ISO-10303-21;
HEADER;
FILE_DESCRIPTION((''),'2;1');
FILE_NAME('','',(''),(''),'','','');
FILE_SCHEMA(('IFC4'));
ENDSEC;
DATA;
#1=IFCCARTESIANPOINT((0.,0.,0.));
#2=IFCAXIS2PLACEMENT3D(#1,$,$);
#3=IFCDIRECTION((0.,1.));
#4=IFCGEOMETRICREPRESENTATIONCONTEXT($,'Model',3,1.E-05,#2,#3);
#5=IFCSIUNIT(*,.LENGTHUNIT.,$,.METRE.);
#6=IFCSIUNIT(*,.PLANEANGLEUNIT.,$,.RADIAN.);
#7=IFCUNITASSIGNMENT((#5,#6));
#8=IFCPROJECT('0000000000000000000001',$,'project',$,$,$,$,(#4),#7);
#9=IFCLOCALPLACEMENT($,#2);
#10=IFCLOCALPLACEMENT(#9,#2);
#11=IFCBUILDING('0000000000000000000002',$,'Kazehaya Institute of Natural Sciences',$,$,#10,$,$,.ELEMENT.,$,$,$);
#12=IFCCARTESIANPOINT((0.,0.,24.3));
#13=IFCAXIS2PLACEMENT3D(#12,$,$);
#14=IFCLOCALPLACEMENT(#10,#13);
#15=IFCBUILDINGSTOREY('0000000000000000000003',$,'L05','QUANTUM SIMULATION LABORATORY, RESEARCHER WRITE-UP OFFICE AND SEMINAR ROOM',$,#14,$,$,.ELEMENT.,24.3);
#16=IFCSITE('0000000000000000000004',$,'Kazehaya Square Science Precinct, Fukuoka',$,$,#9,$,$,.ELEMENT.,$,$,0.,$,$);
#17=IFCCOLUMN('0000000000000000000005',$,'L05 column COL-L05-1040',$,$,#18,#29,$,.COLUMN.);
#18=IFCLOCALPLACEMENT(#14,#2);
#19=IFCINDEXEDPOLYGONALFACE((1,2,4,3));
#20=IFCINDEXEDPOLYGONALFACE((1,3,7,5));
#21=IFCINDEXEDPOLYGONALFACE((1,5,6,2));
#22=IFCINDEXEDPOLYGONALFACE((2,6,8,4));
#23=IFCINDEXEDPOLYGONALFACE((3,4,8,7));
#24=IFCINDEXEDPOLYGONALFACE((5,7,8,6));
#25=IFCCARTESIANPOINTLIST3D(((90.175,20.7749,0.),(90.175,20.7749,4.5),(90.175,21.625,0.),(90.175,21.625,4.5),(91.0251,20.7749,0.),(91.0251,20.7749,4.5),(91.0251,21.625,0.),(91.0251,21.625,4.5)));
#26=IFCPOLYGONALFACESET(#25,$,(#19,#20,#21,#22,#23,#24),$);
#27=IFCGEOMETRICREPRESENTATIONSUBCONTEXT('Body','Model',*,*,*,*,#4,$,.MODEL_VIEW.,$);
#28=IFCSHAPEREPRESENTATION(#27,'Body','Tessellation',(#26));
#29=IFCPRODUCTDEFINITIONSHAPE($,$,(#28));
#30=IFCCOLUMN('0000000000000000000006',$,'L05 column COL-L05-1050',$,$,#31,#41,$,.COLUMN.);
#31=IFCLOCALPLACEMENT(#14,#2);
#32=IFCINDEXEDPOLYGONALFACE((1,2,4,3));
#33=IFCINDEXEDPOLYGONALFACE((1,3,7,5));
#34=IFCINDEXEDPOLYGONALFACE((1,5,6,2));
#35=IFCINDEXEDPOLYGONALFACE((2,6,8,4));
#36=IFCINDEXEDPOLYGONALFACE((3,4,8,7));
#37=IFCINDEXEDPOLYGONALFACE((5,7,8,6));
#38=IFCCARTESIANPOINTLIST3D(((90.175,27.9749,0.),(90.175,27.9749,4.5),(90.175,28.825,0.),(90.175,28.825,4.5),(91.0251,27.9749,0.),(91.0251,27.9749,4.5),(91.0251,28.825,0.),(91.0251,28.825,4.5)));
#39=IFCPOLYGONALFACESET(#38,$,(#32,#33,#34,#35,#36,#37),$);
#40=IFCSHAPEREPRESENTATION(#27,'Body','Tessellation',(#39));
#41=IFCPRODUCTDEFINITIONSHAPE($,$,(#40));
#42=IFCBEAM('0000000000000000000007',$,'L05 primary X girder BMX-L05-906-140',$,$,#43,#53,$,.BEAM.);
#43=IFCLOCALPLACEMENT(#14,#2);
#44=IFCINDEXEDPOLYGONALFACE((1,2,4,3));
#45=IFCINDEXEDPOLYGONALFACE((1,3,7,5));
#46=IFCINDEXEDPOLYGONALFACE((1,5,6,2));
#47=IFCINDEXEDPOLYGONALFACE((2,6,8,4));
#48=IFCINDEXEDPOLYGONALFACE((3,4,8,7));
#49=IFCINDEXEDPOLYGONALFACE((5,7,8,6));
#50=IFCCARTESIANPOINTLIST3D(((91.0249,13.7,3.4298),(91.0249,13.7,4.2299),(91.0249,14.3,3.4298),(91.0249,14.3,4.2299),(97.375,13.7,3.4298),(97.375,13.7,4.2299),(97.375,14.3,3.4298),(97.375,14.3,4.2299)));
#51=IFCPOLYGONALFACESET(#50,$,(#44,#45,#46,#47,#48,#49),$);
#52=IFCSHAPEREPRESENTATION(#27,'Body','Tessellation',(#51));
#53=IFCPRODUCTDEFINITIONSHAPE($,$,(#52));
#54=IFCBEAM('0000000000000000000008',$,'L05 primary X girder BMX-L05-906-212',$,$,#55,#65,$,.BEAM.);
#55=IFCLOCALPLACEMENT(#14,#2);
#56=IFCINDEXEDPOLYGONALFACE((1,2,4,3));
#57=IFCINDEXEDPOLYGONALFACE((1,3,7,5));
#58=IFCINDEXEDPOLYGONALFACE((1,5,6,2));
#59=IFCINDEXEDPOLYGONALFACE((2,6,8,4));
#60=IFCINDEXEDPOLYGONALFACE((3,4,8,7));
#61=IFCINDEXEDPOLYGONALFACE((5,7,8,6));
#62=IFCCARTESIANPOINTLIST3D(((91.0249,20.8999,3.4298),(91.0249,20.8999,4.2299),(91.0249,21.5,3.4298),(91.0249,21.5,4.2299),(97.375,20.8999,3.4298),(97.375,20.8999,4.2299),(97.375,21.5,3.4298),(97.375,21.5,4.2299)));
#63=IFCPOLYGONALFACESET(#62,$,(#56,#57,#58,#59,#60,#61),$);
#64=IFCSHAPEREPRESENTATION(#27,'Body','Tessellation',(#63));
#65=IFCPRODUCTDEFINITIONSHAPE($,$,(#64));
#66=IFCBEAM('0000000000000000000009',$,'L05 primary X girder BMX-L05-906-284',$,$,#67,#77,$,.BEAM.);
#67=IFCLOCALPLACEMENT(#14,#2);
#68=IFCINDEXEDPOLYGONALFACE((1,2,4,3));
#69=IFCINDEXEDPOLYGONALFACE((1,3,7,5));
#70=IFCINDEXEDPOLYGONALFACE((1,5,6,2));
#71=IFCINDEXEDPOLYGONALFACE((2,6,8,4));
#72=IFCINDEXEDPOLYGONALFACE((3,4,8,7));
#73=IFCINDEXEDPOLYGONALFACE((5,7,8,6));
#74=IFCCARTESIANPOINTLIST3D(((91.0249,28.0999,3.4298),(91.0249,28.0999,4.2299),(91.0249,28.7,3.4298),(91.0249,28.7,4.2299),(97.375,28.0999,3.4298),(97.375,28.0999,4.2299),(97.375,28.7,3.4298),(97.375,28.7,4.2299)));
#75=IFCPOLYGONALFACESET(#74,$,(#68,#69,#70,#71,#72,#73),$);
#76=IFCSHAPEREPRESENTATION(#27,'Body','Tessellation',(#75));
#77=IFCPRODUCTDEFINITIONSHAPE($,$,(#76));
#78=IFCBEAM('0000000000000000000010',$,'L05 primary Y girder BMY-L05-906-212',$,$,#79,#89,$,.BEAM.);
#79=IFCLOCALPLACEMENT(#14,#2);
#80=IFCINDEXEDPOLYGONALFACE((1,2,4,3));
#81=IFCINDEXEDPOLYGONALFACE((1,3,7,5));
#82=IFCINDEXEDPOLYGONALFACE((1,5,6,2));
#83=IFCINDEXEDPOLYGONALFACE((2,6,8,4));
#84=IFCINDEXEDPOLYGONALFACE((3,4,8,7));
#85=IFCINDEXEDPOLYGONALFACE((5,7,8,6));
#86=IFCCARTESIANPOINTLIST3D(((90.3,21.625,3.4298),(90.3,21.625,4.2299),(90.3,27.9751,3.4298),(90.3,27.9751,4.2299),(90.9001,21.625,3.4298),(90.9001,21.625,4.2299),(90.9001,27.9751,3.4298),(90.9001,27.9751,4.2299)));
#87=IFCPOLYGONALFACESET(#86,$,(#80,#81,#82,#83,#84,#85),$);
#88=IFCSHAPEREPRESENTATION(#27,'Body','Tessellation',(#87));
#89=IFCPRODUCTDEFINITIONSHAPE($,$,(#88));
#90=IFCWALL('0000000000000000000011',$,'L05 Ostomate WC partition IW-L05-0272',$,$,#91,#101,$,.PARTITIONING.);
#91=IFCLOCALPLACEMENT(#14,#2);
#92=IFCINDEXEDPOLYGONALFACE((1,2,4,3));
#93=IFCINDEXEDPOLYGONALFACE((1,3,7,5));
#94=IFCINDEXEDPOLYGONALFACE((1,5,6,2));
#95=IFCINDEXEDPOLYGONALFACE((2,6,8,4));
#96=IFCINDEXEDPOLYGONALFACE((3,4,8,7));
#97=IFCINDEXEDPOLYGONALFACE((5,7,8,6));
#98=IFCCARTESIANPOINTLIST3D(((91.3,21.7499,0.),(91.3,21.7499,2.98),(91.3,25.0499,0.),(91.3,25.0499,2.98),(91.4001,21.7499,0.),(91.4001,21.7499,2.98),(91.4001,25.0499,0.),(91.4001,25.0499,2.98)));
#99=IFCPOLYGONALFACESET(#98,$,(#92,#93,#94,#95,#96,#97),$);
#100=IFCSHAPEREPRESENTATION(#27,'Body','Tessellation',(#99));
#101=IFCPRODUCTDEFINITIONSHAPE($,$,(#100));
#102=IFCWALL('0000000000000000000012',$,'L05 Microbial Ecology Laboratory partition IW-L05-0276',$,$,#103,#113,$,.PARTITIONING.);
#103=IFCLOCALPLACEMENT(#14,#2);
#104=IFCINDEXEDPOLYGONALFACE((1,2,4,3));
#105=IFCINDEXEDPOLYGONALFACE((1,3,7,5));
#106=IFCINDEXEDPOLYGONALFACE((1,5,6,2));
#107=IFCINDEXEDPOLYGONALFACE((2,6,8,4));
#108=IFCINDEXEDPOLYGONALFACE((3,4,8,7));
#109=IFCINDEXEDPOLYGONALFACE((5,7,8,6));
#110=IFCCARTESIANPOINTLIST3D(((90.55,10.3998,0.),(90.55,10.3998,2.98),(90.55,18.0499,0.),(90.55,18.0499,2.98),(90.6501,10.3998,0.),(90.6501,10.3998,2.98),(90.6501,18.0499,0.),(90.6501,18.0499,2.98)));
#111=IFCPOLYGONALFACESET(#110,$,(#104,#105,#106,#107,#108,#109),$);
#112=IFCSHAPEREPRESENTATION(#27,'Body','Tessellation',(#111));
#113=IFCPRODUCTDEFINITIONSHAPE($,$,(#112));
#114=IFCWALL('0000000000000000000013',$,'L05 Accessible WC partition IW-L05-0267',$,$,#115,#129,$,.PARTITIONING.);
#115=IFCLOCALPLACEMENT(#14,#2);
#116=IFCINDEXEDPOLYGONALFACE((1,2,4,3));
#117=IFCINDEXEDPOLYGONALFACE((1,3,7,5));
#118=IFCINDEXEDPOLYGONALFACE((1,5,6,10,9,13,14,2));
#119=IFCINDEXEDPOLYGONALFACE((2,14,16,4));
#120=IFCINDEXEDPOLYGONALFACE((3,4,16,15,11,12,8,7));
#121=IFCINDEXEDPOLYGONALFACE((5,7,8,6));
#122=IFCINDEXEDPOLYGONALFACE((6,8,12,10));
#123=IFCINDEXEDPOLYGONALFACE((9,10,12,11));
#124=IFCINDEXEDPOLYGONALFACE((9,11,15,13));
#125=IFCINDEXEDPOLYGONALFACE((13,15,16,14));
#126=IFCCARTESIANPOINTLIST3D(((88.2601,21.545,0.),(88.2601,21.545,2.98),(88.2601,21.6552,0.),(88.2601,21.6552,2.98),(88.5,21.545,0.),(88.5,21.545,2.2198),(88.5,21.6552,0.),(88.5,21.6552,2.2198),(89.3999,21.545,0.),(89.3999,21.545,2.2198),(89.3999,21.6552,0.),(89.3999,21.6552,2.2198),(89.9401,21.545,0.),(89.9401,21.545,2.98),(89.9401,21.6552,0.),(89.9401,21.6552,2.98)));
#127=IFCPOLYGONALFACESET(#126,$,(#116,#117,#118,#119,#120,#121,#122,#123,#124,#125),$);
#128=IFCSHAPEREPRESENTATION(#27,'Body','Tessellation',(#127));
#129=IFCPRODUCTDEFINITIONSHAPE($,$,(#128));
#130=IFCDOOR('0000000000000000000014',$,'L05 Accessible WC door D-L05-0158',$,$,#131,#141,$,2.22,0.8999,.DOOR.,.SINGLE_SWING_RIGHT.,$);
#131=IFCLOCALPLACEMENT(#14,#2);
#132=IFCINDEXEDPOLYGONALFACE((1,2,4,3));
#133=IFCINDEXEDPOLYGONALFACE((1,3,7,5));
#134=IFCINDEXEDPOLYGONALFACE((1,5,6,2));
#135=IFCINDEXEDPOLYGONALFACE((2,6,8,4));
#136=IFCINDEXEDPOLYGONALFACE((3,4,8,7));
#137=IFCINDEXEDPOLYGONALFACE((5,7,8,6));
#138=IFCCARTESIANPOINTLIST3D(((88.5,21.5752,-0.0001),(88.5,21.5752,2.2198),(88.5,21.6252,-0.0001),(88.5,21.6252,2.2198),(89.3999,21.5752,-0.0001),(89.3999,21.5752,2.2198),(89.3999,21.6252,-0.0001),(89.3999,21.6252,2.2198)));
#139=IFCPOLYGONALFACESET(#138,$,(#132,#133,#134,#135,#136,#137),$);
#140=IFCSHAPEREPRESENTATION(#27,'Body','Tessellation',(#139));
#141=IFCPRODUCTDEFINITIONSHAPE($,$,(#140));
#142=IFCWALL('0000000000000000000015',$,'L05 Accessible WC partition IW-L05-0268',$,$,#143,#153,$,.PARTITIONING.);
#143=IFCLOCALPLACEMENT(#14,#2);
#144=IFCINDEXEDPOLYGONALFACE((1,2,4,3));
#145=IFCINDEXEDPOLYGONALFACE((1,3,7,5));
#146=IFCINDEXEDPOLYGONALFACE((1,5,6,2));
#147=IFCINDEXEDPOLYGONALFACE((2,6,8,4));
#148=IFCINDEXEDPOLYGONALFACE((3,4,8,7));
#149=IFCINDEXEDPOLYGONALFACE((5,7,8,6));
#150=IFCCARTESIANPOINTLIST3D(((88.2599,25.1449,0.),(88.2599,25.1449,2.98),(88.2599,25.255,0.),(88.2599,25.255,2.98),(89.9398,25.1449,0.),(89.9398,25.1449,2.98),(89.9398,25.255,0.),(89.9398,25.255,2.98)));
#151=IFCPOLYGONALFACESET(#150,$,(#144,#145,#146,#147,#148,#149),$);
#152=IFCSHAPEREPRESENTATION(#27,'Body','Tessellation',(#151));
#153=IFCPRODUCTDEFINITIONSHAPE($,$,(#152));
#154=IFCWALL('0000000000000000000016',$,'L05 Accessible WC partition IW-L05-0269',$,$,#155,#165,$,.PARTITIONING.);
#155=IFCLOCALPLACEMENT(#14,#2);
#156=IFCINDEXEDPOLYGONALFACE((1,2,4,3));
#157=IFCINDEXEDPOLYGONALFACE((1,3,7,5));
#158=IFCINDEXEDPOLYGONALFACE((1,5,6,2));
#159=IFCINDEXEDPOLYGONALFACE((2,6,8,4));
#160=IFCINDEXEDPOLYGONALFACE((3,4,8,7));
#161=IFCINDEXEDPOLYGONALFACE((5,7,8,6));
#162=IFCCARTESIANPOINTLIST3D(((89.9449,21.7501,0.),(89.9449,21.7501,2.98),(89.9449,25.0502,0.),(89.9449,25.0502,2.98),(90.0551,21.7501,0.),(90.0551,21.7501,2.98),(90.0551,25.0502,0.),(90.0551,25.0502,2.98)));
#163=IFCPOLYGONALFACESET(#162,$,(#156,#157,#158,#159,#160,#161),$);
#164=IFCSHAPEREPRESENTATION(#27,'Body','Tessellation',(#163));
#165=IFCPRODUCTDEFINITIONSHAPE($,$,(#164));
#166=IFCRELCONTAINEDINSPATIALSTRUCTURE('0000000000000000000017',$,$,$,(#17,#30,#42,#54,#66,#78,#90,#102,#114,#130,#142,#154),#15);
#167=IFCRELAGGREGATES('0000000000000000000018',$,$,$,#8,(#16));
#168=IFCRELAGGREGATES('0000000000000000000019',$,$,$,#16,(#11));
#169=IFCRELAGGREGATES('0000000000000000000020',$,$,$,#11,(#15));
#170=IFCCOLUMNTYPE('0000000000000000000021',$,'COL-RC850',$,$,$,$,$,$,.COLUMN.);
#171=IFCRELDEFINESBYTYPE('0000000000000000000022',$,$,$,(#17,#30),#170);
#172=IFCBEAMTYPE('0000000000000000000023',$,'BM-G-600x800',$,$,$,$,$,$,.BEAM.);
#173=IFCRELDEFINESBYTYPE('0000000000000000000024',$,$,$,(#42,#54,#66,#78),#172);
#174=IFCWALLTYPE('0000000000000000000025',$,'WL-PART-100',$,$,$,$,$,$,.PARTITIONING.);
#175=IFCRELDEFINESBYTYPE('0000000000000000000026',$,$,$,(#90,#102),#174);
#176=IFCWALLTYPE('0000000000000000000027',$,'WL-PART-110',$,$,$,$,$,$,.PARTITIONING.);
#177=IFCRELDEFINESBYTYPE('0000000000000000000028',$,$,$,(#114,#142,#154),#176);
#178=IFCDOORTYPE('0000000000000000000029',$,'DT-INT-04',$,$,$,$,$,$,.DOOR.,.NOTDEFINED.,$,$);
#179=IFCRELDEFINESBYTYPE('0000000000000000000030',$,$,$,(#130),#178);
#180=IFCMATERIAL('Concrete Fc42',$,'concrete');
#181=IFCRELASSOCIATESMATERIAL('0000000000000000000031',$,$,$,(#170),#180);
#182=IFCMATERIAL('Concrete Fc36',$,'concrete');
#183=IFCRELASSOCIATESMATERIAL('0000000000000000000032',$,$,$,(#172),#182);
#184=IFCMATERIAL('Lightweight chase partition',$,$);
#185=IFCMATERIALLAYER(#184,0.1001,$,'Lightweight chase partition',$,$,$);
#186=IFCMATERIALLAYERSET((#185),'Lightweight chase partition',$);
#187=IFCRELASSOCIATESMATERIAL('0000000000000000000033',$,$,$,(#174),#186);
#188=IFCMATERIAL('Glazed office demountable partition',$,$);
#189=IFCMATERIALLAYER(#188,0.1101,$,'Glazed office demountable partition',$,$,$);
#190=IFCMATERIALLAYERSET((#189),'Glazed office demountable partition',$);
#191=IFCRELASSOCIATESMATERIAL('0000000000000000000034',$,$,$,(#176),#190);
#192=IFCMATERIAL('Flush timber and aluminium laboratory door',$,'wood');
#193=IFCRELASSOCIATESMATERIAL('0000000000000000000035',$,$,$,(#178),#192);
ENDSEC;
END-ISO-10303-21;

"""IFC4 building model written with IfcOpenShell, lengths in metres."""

from ifc_helpers import new_model, si_unit, direction, frame, frame_2d, origin, origin_2d, place, context, subcontext, project, spatial, rectangle, extrude, material, layer, layer_set, material_profile, profile_set, type_object, element, fill, save


model = new_model("IFC4")

# Units and contexts
model_context = context("Model", 3, precision=1e-05, world=origin(), true_north=direction((0.0, 1.0)))
body_context = subcontext(model_context, "Body", "Model", "MODEL_VIEW")
ifc_project = project(units=[si_unit("LENGTHUNIT", "METRE"), si_unit("PLANEANGLEUNIT", "RADIAN")], contexts=[model_context])

# Site, building, storey
site_placement = place(None, origin())
site = spatial("IfcSite", under=ifc_project, at=site_placement, Name="Kazehaya Square Science Precinct, Fukuoka", CompositionType="ELEMENT", RefElevation=0.0)
building_placement = place(site_placement, origin())
building = spatial("IfcBuilding", under=site, at=building_placement, Name="Kazehaya Institute of Natural Sciences", CompositionType="ELEMENT")
storey_placement = place(building_placement, frame((0.0, 0.0, 24.3)))
storey = spatial("IfcBuildingStorey", under=building, at=storey_placement, Name="L05", Description="QUANTUM SIMULATION LABORATORY, RESEARCHER WRITE-UP OFFICE AND SEMINAR ROOM", CompositionType="ELEMENT", Elevation=24.3)

# Columns
ifc_material_1 = material(Name="Concrete Fc42", Category="concrete")
ifc_material_profile_1 = material_profile(ifc_material_1, rectangle(XDim=0.8501, YDim=0.8501, at=origin_2d()), Name="RC-850x850")
ifc_profile_set_1 = profile_set([ifc_material_profile_1], Name="Concrete Fc42")
column_type = type_object("IfcColumnType", Name="COL-RC850", PredefinedType="COLUMN", material=ifc_profile_set_1)
for number, where, z_axis, x_axis, name in (
    (1, (90.6001, 21.2, 0.0), (0.0, 0.0, 1.0), (1.0, 0.0, 0.0), "L05 column COL-L05-1040"),
    (2, (90.6001, 28.3999, 0.0), (0.0, 0.0, 1.0), (1.0, 0.0, 0.0), "L05 column COL-L05-1050"),
):
    element("IfcColumn", number, at=place(storey_placement, frame(where, z_axis=z_axis, x_axis=x_axis)), inside=storey, type_object=column_type, Name=name, PredefinedType="COLUMN", context=body_context, shape_type="SweptSolid", body=[
        extrude(rectangle(XDim=0.8501, YDim=0.8501, at=origin_2d()), origin(), (0.0, 0.0, 1.0), 4.5),
    ])

# Beams
ifc_material_2 = material(Name="Concrete Fc36", Category="concrete")
ifc_material_profile_2 = material_profile(ifc_material_2, rectangle(XDim=0.6001, YDim=0.8, at=origin_2d()), Name="RC-600x800")
ifc_profile_set_2 = profile_set([ifc_material_profile_2], Name="Concrete Fc36")
beam_type = type_object("IfcBeamType", Name="BM-G-600x800", PredefinedType="BEAM", material=ifc_profile_set_2)
for number, where, z_axis, x_axis, name in (
    (3, (91.0249, 14.0, 3.8298), (1.0, 0.0, 0.0), (0.0, 1.0, 0.0), "L05 primary X girder BMX-L05-906-140"),
    (4, (91.0249, 21.2, 3.8298), (1.0, 0.0, 0.0), (0.0, 1.0, 0.0), "L05 primary X girder BMX-L05-906-212"),
    (5, (91.0249, 28.3999, 3.8298), (1.0, 0.0, 0.0), (0.0, 1.0, 0.0), "L05 primary X girder BMX-L05-906-284"),
    (6, (90.6001, 21.625, 3.8298), (0.0, 1.0, 0.0), (-1.0, 0.0, 0.0), "L05 primary Y girder BMY-L05-906-212"),
):
    element("IfcBeam", number, at=place(storey_placement, frame(where, z_axis=z_axis, x_axis=x_axis)), inside=storey, type_object=beam_type, Name=name, PredefinedType="BEAM", context=body_context, shape_type="SweptSolid", body=[
        extrude(rectangle(XDim=0.6001, YDim=0.8, at=origin_2d()), origin(), (0.0, 0.0, 1.0), 6.3501),
    ])

# Walls
ifc_material_3 = material(Name="Lightweight chase partition")
ifc_layer_1 = layer(ifc_material_3, 0.1001, Name="Lightweight chase partition")
ifc_layer_set_1 = layer_set([ifc_layer_1], Name="Lightweight chase partition")
wall_type_1 = type_object("IfcWallType", Name="WL-PART-100", PredefinedType="PARTITIONING", material=ifc_layer_set_1)
wall_1_placement = place(storey_placement, frame((91.3501, 21.75, 0.0), z_axis=(0.0, 0.0, 1.0), x_axis=(0.0, 1.0, 0.0)))
element("IfcWall", 7, at=wall_1_placement, inside=storey, type_object=wall_type_1, Name="L05 Ostomate WC partition IW-L05-0272", PredefinedType="PARTITIONING", context=body_context, shape_type="SweptSolid", body=[
    extrude(rectangle(XDim=3.3, YDim=0.1001, at=frame_2d((1.6499, 0.0))), origin(), (0.0, 0.0, 1.0), 2.98),
])
wall_2_placement = place(storey_placement, frame((90.6001, 18.05, 0.0), z_axis=(0.0, 0.0, 1.0), x_axis=(0.0, -1.0, 0.0)))
element("IfcWall", 8, at=wall_2_placement, inside=storey, type_object=wall_type_1, Name="L05 Microbial Ecology Laboratory partition IW-L05-0276", PredefinedType="PARTITIONING", context=body_context, shape_type="SweptSolid", body=[
    extrude(rectangle(XDim=7.6501, YDim=0.1001, at=frame_2d((3.8252, 0.0))), origin(), (0.0, 0.0, 1.0), 2.98),
])

# Wall, opening, door
ifc_material_4 = material(Name="Glazed office demountable partition")
ifc_layer_2 = layer(ifc_material_4, 0.1101, Name="Glazed office demountable partition")
ifc_layer_set_2 = layer_set([ifc_layer_2], Name="Glazed office demountable partition")
wall_type_2 = type_object("IfcWallType", Name="WL-PART-110", PredefinedType="PARTITIONING", material=ifc_layer_set_2)
wall_3_placement = place(storey_placement, frame((89.9399, 21.6001, 0.0), z_axis=(0.0, 0.0, 1.0), x_axis=(-1.0, 0.0, 0.0)))
wall_3 = element("IfcWall", 9, at=wall_3_placement, inside=storey, type_object=wall_type_2, Name="L05 Accessible WC partition IW-L05-0267", PredefinedType="PARTITIONING", context=body_context, shape_type="SweptSolid", body=[
    extrude(rectangle(XDim=1.6799, YDim=0.1101, at=frame_2d((0.8398, 0.0))), origin(), (0.0, 0.0, 1.0), 2.98),
])
opening_1_placement = place(wall_3_placement, frame((0.54, 0.0, 0.0)))
opening_1 = element("IfcOpeningElement", 10, at=opening_1_placement, cuts=wall_3, PredefinedType="OPENING", context=body_context, shape_type="SweptSolid", body=[
    extrude(rectangle(XDim=0.8999, YDim=2.22, at=frame_2d((0.45, 1.1099))), frame((0.0, 0.0649, 0.0), z_axis=(0.0, -1.0, 0.0), x_axis=(1.0, 0.0, 0.0)), (0.0, 0.0, 1.0), 0.1301),
])
ifc_material_5 = material(Name="Flush timber and aluminium laboratory door", Category="wood")
door_type_1 = type_object("IfcDoorType", Name="DT-INT-04", OperationType="NOTDEFINED", PredefinedType="DOOR", material=ifc_material_5)
door_1_placement = place(opening_1_placement, origin())
door_1 = element("IfcDoor", 11, at=door_1_placement, inside=storey, type_object=door_type_1, Name="L05 Accessible WC door D-L05-0158", OperationType="SINGLE_SWING_RIGHT", OverallHeight=2.22, OverallWidth=0.8999, PredefinedType="DOOR", context=body_context, shape_type="SweptSolid", body=[
    extrude(rectangle(XDim=0.8999, YDim=2.22, at=frame_2d((0.45, 1.1099))), frame((0.0, 0.0249, 0.0), z_axis=(0.0, -1.0, 0.0), x_axis=(1.0, 0.0, 0.0)), (0.0, 0.0, 1.0), 0.05),
])
fill(opening_1, door_1)

# Walls
wall_4_placement = place(storey_placement, frame((88.26, 25.2, 0.0), z_axis=(0.0, 0.0, 1.0), x_axis=(1.0, 0.0, 0.0)))
element("IfcWall", 12, at=wall_4_placement, inside=storey, type_object=wall_type_2, Name="L05 Accessible WC partition IW-L05-0268", PredefinedType="PARTITIONING", context=body_context, shape_type="SweptSolid", body=[
    extrude(rectangle(XDim=1.6799, YDim=0.1101, at=frame_2d((0.8398, 0.0))), origin(), (0.0, 0.0, 1.0), 2.98),
])
wall_5_placement = place(storey_placement, frame((90.0, 25.05, 0.0), z_axis=(0.0, 0.0, 1.0), x_axis=(0.0, -1.0, 0.0)))
element("IfcWall", 13, at=wall_5_placement, inside=storey, type_object=wall_type_2, Name="L05 Accessible WC partition IW-L05-0269", PredefinedType="PARTITIONING", context=body_context, shape_type="SweptSolid", body=[
    extrude(rectangle(XDim=3.3, YDim=0.1101, at=frame_2d((1.6499, 0.0))), origin(), (0.0, 0.0, 1.0), 2.98),
])

save(model, "model.ifc")
